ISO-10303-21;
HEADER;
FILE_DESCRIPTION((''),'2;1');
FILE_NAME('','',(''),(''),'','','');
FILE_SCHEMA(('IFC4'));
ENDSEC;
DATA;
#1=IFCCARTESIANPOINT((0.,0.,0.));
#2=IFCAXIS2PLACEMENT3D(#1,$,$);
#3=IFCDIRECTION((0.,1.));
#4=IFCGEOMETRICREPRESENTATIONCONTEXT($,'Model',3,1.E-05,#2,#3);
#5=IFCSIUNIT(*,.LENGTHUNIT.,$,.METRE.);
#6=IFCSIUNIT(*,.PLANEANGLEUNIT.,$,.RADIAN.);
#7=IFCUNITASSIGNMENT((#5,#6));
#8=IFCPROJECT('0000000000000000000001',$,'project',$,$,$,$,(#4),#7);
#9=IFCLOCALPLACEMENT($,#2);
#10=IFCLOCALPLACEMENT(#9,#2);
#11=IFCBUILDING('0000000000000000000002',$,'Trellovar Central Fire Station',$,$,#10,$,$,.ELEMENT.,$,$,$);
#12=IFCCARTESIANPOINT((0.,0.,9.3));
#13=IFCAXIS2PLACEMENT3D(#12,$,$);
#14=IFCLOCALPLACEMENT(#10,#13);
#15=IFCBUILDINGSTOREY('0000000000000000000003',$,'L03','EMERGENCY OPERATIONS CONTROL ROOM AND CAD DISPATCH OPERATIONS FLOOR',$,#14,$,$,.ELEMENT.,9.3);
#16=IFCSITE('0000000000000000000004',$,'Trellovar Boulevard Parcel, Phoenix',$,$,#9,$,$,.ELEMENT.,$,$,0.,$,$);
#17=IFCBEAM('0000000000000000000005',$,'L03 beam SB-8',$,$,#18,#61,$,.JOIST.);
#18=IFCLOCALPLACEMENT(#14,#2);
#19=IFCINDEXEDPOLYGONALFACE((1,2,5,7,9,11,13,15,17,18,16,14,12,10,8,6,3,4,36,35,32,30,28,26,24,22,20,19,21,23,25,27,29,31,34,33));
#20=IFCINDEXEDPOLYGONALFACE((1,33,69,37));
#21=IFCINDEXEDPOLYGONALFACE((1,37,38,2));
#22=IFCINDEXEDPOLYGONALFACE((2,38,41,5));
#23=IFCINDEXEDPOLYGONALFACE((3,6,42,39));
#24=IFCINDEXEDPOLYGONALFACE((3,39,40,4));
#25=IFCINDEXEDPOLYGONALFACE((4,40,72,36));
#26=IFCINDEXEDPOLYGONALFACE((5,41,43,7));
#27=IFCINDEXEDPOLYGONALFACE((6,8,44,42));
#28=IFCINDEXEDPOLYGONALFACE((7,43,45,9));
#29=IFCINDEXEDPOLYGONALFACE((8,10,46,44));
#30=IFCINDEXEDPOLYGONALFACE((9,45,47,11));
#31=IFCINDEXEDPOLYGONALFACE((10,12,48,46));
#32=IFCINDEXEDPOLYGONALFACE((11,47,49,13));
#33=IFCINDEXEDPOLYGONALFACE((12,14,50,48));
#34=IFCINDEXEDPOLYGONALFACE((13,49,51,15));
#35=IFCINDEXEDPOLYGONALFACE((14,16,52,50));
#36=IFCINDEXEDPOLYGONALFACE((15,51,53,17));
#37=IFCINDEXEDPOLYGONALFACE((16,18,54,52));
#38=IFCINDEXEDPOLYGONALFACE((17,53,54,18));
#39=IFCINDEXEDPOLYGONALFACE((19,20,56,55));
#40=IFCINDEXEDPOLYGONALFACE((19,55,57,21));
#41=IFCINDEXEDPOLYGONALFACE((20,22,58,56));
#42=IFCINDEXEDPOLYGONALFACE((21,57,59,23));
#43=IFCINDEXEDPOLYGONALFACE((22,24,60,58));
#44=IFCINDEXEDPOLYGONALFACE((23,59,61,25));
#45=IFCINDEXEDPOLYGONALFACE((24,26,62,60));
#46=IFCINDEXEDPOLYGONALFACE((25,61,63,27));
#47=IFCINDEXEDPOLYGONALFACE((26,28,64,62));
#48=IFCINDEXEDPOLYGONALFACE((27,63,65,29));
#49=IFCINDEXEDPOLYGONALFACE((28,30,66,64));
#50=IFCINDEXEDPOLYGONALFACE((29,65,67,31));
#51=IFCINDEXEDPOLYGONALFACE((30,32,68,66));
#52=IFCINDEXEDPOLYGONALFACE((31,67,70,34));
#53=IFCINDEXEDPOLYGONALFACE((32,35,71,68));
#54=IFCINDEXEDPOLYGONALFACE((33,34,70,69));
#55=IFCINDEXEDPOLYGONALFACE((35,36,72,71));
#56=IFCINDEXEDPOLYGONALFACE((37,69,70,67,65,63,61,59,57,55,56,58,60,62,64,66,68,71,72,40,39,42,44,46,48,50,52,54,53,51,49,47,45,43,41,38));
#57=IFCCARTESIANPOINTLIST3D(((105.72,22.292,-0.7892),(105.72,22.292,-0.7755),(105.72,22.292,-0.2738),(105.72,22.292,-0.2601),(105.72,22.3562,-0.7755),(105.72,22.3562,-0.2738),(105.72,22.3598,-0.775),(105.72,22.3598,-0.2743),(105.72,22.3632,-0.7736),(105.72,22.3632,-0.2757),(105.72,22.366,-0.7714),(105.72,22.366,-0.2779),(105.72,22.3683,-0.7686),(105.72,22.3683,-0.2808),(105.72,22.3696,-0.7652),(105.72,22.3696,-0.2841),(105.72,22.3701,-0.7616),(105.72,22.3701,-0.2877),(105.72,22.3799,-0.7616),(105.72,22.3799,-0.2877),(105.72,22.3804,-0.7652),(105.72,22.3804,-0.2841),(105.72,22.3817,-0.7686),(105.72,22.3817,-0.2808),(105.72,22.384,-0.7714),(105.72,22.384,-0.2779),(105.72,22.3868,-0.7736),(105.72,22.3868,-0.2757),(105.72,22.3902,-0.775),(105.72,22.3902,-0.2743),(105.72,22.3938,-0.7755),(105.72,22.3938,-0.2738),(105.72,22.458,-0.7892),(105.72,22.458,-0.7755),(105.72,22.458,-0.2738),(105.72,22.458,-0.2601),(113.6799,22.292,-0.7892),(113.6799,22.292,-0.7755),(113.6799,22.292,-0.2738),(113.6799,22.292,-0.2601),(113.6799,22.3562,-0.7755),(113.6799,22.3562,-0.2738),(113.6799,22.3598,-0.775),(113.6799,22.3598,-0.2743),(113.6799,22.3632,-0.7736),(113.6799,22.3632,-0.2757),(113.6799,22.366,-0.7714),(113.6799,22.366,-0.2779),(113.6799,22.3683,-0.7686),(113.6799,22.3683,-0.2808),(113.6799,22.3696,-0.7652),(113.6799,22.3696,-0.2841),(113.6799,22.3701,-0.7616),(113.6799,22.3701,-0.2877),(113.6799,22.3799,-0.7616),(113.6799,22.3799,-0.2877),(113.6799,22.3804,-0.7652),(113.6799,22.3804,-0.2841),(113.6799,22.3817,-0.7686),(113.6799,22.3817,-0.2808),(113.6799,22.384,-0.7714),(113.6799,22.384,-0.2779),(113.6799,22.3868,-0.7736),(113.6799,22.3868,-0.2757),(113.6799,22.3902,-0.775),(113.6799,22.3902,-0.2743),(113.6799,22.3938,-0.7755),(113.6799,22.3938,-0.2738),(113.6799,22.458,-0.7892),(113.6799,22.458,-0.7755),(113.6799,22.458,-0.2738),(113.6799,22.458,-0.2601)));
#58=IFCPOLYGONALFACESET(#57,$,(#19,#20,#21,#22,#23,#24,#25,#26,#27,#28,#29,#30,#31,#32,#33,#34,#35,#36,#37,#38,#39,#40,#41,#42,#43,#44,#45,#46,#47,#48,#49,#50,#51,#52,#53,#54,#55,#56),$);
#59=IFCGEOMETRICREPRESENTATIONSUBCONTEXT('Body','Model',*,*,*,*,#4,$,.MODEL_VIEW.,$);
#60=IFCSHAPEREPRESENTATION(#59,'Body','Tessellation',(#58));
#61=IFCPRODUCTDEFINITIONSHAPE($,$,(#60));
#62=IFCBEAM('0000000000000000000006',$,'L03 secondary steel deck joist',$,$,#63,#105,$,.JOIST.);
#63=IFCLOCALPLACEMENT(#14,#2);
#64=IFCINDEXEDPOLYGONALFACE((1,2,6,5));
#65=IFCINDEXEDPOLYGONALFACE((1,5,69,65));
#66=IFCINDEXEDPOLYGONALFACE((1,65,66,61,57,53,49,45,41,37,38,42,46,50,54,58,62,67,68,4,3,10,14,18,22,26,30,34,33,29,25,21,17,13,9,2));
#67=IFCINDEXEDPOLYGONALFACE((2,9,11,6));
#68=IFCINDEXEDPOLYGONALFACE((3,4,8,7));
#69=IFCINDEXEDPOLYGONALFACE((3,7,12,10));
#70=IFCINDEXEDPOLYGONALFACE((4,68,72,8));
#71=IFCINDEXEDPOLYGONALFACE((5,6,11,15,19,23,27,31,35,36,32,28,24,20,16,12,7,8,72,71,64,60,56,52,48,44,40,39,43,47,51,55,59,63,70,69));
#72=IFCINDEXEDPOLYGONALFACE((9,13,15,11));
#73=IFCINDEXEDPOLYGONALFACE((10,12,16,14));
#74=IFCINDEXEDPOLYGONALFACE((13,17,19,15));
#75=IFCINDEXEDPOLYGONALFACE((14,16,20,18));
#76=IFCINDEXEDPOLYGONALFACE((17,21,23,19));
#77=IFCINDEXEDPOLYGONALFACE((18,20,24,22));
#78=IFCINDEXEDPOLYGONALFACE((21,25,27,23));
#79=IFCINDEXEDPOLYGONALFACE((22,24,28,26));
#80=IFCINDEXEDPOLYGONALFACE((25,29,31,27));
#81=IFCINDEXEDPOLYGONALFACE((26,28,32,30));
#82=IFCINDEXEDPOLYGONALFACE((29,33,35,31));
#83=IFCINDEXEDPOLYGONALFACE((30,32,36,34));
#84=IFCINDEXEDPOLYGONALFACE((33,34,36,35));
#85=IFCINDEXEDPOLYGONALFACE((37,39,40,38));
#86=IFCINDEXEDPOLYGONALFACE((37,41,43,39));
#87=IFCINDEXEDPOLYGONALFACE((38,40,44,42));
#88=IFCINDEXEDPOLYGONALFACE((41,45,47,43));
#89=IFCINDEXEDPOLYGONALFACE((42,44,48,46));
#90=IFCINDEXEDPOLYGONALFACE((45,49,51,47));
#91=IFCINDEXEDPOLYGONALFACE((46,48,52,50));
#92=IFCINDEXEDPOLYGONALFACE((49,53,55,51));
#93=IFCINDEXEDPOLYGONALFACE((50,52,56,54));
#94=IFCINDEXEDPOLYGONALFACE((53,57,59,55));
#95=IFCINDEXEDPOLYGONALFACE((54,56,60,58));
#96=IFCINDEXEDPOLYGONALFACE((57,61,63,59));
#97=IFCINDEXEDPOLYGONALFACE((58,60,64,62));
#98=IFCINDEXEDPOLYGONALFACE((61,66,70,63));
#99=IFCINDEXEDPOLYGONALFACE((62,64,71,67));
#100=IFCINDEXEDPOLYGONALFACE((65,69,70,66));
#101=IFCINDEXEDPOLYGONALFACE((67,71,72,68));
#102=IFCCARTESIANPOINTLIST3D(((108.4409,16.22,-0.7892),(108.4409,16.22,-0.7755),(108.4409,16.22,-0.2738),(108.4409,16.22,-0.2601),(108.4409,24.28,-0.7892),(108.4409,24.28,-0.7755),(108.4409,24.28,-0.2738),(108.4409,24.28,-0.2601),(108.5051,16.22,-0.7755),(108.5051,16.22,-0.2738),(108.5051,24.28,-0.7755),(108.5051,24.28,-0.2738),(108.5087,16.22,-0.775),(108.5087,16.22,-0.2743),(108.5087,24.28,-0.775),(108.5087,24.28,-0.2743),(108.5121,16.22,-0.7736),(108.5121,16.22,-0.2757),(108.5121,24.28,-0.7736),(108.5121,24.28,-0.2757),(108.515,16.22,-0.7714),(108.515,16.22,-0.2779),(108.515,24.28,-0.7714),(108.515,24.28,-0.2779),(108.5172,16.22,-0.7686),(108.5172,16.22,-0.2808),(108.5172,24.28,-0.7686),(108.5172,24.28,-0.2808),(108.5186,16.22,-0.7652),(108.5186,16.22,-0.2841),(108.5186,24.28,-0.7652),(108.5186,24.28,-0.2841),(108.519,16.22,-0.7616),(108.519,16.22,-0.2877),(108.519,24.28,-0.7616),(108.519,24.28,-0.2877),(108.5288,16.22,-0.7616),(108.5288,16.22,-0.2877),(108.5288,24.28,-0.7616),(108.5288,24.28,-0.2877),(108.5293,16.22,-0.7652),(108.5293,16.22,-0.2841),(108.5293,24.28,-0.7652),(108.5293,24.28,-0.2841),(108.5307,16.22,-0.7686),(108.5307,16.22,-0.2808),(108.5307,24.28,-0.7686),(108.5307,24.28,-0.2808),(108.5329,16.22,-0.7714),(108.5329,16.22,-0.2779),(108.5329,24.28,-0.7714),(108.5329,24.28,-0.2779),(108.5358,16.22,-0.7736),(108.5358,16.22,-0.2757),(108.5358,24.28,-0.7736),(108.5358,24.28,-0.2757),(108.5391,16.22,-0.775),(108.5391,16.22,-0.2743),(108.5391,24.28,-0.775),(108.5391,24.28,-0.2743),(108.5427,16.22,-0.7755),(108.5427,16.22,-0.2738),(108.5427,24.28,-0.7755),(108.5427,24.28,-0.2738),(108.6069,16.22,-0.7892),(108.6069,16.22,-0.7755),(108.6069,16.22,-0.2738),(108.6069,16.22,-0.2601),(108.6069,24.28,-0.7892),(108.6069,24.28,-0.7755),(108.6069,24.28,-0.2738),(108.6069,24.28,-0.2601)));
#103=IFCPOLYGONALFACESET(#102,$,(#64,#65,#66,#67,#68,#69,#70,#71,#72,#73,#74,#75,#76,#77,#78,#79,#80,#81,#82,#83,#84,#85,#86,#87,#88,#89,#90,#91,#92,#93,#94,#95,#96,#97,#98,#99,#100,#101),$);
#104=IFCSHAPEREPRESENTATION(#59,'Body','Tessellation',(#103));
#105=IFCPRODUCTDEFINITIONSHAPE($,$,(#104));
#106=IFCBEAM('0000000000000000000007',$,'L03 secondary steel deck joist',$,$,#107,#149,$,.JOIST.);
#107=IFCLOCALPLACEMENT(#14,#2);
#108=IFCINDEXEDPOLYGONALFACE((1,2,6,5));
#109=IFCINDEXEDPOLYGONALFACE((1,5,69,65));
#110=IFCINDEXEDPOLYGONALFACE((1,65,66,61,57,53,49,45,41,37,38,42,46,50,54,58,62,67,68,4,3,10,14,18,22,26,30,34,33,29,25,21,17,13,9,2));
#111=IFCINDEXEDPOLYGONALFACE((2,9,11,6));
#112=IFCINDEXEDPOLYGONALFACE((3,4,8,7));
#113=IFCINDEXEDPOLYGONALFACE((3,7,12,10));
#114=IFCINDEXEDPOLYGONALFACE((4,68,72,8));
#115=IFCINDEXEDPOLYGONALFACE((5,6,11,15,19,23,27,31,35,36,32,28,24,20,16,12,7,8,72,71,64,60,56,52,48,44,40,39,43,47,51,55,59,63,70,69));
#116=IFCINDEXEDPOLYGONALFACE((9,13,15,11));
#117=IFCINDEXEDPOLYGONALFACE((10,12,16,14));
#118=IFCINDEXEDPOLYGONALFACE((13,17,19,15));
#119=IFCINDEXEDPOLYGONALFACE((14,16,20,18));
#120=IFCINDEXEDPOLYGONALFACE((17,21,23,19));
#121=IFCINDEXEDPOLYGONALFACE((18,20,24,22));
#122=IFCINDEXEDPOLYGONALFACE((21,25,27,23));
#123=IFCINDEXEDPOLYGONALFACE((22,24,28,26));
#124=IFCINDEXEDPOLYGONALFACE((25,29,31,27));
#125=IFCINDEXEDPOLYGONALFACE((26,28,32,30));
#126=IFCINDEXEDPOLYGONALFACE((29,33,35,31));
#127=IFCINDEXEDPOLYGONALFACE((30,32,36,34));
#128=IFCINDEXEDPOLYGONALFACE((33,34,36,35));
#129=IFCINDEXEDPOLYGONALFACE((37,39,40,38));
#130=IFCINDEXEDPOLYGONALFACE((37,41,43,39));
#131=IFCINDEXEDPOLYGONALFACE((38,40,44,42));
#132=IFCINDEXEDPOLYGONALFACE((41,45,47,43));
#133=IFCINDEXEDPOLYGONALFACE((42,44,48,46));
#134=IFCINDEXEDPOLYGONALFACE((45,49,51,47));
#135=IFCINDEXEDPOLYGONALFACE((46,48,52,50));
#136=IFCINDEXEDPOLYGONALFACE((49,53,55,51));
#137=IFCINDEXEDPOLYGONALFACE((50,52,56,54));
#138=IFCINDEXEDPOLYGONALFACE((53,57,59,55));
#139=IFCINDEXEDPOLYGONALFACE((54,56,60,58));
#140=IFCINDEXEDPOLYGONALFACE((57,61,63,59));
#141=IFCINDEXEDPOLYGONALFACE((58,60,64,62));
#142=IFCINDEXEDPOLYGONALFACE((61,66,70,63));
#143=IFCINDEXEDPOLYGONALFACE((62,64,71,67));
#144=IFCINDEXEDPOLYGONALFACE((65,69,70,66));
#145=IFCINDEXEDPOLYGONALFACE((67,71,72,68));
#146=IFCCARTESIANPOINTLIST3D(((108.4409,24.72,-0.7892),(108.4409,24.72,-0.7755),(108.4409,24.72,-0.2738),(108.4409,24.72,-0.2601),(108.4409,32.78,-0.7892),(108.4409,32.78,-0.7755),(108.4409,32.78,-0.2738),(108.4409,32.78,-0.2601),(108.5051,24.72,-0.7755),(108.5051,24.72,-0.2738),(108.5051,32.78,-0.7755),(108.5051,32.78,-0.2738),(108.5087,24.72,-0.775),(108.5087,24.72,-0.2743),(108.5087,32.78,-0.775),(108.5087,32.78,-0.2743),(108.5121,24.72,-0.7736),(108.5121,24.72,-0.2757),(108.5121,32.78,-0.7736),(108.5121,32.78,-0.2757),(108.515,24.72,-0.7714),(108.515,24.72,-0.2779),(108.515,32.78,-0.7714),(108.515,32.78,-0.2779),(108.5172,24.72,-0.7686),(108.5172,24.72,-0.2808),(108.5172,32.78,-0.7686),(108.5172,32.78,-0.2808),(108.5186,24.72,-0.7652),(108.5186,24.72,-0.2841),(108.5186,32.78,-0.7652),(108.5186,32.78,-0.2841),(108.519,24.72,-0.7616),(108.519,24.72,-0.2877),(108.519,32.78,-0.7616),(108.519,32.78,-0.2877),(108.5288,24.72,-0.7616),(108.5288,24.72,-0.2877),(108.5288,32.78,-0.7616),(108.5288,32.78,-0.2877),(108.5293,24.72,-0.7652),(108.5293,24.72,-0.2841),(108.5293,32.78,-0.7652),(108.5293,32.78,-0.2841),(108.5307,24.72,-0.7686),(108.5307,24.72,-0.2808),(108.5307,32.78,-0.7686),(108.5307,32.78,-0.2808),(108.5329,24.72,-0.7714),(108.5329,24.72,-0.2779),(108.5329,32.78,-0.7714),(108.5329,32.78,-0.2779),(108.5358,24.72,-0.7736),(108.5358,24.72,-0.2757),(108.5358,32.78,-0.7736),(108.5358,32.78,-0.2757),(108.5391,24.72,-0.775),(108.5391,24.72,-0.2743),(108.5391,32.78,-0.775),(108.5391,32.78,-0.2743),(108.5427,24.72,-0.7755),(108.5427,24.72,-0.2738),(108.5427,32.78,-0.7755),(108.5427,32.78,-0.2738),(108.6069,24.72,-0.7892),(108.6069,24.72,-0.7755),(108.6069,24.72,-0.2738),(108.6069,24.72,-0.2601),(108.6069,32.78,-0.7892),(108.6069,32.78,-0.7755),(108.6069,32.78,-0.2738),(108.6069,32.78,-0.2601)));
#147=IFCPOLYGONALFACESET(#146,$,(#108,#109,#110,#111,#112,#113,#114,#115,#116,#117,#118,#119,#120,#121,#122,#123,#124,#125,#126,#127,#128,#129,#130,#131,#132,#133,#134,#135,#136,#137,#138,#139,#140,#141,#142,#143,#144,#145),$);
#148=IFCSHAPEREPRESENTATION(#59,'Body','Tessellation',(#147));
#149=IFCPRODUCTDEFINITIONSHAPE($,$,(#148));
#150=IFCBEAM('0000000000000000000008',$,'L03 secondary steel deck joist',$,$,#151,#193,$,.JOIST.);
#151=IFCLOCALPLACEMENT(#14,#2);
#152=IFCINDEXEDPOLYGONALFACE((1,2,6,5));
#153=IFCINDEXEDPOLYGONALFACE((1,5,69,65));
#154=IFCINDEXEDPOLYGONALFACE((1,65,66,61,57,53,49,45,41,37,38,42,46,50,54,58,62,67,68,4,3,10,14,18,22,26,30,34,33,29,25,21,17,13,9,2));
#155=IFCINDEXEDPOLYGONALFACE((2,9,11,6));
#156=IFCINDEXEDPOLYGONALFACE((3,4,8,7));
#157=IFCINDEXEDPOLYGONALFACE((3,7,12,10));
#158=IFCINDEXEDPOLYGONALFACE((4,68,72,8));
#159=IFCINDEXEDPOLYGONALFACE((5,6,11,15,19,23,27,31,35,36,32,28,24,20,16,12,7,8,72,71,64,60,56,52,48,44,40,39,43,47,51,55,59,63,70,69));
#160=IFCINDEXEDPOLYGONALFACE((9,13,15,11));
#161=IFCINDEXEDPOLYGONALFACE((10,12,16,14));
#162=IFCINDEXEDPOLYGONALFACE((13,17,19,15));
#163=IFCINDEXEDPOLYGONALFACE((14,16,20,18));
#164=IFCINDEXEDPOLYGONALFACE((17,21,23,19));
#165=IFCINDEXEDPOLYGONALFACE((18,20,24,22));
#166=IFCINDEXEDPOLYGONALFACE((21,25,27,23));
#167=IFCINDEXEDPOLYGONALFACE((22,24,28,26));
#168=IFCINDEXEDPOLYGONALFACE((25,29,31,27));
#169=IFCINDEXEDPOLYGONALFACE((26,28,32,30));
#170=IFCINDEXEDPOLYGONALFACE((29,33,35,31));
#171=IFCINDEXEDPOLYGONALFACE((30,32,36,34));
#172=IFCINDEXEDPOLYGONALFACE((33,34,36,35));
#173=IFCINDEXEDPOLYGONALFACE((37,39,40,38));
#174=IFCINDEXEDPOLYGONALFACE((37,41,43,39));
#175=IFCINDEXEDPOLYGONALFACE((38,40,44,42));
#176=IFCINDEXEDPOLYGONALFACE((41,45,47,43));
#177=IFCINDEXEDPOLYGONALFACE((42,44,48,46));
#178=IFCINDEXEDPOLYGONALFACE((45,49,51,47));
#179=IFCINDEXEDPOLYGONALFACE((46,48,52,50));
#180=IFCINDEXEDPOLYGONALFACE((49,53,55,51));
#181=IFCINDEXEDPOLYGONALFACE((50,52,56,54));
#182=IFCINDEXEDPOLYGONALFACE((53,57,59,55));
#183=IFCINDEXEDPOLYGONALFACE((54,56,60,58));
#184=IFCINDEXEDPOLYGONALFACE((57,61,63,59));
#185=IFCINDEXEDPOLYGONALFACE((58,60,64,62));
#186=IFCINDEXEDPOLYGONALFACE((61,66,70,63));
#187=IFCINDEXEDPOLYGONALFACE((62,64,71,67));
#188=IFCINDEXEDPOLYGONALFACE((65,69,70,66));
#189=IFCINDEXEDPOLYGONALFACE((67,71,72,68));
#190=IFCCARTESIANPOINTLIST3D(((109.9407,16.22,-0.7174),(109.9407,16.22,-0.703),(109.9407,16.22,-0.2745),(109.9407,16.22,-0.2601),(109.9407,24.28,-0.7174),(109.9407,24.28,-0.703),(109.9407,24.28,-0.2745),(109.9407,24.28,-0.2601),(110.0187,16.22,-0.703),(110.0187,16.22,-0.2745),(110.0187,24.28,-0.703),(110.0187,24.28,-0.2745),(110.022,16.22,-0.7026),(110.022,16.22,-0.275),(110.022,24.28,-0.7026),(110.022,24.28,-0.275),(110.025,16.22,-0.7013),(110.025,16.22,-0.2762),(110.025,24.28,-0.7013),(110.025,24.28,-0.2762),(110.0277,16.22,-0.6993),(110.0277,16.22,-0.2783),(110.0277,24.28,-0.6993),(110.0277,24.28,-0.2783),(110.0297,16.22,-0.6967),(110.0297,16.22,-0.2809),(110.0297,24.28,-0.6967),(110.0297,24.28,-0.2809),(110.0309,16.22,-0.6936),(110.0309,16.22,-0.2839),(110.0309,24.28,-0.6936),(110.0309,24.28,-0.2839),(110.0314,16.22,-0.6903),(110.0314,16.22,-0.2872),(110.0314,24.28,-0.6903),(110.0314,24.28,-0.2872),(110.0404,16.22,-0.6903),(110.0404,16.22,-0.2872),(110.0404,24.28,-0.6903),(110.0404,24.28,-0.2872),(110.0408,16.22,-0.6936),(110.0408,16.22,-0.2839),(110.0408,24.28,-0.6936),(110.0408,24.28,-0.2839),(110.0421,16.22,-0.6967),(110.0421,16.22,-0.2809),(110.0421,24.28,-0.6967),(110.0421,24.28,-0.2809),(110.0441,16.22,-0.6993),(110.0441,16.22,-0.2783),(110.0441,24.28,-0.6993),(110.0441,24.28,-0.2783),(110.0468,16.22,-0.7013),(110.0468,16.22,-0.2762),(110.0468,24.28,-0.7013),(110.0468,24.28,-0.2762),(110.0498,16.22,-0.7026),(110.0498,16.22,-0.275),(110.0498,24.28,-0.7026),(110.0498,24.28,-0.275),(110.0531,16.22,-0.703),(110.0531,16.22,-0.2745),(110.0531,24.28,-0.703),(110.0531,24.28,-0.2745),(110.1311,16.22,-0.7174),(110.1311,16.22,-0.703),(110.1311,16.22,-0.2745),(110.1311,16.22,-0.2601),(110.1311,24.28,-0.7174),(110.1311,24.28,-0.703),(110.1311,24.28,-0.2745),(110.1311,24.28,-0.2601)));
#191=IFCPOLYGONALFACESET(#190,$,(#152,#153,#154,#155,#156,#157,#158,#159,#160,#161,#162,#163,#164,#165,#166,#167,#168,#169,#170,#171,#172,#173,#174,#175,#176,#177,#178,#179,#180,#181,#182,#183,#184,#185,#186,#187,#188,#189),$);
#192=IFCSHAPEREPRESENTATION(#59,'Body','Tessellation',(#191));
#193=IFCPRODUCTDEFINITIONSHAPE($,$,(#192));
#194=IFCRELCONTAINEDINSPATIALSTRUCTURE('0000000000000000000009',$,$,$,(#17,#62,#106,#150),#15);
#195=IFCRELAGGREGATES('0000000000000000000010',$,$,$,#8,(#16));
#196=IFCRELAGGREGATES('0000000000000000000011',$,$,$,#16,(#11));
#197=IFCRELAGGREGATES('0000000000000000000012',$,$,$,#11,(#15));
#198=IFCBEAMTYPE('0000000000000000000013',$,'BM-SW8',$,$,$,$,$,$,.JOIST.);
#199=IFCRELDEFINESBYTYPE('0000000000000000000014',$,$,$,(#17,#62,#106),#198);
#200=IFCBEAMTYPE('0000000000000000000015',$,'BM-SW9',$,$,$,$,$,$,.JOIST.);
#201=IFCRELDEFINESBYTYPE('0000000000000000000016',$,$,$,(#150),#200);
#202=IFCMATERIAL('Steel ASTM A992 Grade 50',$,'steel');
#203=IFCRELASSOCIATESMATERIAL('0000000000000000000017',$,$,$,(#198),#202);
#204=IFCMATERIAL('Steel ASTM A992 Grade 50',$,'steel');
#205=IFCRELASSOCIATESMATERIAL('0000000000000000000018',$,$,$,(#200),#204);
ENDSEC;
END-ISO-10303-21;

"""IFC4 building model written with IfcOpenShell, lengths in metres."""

from ifc_helpers import new_model, si_unit, direction, frame, origin, origin_2d, place, context, subcontext, project, spatial, i_section, extrude, material, material_profile, profile_set, type_object, element, save


model = new_model("IFC4")

# Units and contexts
model_context = context("Model", 3, precision=1e-05, world=origin(), true_north=direction((0.0, 1.0)))
body_context = subcontext(model_context, "Body", "Model", "MODEL_VIEW")
ifc_project = project(units=[si_unit("LENGTHUNIT", "METRE"), si_unit("PLANEANGLEUNIT", "RADIAN")], contexts=[model_context])

# Site, building, storey
site_placement = place(None, origin())
site = spatial("IfcSite", under=ifc_project, at=site_placement, Name="Trellovar Boulevard Parcel, Phoenix", CompositionType="ELEMENT", RefElevation=0.0)
building_placement = place(site_placement, origin())
building = spatial("IfcBuilding", under=site, at=building_placement, Name="Trellovar Central Fire Station", CompositionType="ELEMENT")
storey_placement = place(building_placement, frame((0.0, 0.0, 9.3)))
storey = spatial("IfcBuildingStorey", under=building, at=storey_placement, Name="L03", Description="EMERGENCY OPERATIONS CONTROL ROOM AND CAD DISPATCH OPERATIONS FLOOR", CompositionType="ELEMENT", Elevation=9.3)

# Beams
ifc_material_1 = material(Name="Steel ASTM A992 Grade 50", Category="steel")
ifc_material_profile_1 = material_profile(ifc_material_1, i_section(OverallWidth=0.166, OverallDepth=0.5291, WebThickness=0.0098, FlangeThickness=0.0137, FilletRadius=0.0139, at=origin_2d()), Name="W21X50")
ifc_profile_set_1 = profile_set([ifc_material_profile_1], Name="Steel ASTM A992 Grade 50")
beam_type_1 = type_object("IfcBeamType", Name="BM-SW8", PredefinedType="JOIST", material=ifc_profile_set_1)
for number, where, z_axis, x_axis, name in (
    (1, (105.72, 22.375, -0.5247), (1.0, 0.0, 0.0), (0.0, 1.0, 0.0), "L03 beam SB-8"),
):
    element("IfcBeam", number, at=place(storey_placement, frame(where, z_axis=z_axis, x_axis=x_axis)), inside=storey, type_object=beam_type_1, Name=name, PredefinedType="JOIST", context=body_context, shape_type="SweptSolid", body=[
        extrude(i_section(OverallWidth=0.166, OverallDepth=0.5291, WebThickness=0.0098, FlangeThickness=0.0137, FilletRadius=0.0139, at=origin_2d()), origin(), (0.0, 0.0, 1.0), 7.96),
    ])
for number, where, z_axis, x_axis, name in (
    (2, (108.5239, 16.22, -0.5247), (0.0, 1.0, 0.0), (-1.0, 0.0, 0.0), "L03 secondary steel deck joist"),
    (3, (108.5239, 24.72, -0.5247), (0.0, 1.0, 0.0), (-1.0, 0.0, 0.0), "L03 secondary steel deck joist"),
):
    element("IfcBeam", number, at=place(storey_placement, frame(where, z_axis=z_axis, x_axis=x_axis)), inside=storey, type_object=beam_type_1, Name=name, PredefinedType="JOIST", context=body_context, shape_type="SweptSolid", body=[
        extrude(i_section(OverallWidth=0.166, OverallDepth=0.5291, WebThickness=0.0098, FlangeThickness=0.0137, FilletRadius=0.0139, at=origin_2d()), origin(), (0.0, 0.0, 1.0), 8.0601),
    ])
ifc_material_2 = material(Name="Steel ASTM A992 Grade 50", Category="steel")
ifc_material_profile_2 = material_profile(ifc_material_2, i_section(OverallWidth=0.1904, OverallDepth=0.4573, WebThickness=0.009, FlangeThickness=0.0144, FilletRadius=0.0127, at=origin_2d()), Name="W18X50")
ifc_profile_set_2 = profile_set([ifc_material_profile_2], Name="Steel ASTM A992 Grade 50")
beam_type_2 = type_object("IfcBeamType", Name="BM-SW9", PredefinedType="JOIST", material=ifc_profile_set_2)
for number, where, z_axis, x_axis, name in (
    (4, (110.0359, 16.22, -0.4888), (0.0, 1.0, 0.0), (-1.0, 0.0, 0.0), "L03 secondary steel deck joist"),
):
    element("IfcBeam", number, at=place(storey_placement, frame(where, z_axis=z_axis, x_axis=x_axis)), inside=storey, type_object=beam_type_2, Name=name, PredefinedType="JOIST", context=body_context, shape_type="SweptSolid", body=[
        extrude(i_section(OverallWidth=0.1904, OverallDepth=0.4573, WebThickness=0.009, FlangeThickness=0.0144, FilletRadius=0.0127, at=origin_2d()), origin(), (0.0, 0.0, 1.0), 8.0601),
    ])

save(model, "model.ifc")
